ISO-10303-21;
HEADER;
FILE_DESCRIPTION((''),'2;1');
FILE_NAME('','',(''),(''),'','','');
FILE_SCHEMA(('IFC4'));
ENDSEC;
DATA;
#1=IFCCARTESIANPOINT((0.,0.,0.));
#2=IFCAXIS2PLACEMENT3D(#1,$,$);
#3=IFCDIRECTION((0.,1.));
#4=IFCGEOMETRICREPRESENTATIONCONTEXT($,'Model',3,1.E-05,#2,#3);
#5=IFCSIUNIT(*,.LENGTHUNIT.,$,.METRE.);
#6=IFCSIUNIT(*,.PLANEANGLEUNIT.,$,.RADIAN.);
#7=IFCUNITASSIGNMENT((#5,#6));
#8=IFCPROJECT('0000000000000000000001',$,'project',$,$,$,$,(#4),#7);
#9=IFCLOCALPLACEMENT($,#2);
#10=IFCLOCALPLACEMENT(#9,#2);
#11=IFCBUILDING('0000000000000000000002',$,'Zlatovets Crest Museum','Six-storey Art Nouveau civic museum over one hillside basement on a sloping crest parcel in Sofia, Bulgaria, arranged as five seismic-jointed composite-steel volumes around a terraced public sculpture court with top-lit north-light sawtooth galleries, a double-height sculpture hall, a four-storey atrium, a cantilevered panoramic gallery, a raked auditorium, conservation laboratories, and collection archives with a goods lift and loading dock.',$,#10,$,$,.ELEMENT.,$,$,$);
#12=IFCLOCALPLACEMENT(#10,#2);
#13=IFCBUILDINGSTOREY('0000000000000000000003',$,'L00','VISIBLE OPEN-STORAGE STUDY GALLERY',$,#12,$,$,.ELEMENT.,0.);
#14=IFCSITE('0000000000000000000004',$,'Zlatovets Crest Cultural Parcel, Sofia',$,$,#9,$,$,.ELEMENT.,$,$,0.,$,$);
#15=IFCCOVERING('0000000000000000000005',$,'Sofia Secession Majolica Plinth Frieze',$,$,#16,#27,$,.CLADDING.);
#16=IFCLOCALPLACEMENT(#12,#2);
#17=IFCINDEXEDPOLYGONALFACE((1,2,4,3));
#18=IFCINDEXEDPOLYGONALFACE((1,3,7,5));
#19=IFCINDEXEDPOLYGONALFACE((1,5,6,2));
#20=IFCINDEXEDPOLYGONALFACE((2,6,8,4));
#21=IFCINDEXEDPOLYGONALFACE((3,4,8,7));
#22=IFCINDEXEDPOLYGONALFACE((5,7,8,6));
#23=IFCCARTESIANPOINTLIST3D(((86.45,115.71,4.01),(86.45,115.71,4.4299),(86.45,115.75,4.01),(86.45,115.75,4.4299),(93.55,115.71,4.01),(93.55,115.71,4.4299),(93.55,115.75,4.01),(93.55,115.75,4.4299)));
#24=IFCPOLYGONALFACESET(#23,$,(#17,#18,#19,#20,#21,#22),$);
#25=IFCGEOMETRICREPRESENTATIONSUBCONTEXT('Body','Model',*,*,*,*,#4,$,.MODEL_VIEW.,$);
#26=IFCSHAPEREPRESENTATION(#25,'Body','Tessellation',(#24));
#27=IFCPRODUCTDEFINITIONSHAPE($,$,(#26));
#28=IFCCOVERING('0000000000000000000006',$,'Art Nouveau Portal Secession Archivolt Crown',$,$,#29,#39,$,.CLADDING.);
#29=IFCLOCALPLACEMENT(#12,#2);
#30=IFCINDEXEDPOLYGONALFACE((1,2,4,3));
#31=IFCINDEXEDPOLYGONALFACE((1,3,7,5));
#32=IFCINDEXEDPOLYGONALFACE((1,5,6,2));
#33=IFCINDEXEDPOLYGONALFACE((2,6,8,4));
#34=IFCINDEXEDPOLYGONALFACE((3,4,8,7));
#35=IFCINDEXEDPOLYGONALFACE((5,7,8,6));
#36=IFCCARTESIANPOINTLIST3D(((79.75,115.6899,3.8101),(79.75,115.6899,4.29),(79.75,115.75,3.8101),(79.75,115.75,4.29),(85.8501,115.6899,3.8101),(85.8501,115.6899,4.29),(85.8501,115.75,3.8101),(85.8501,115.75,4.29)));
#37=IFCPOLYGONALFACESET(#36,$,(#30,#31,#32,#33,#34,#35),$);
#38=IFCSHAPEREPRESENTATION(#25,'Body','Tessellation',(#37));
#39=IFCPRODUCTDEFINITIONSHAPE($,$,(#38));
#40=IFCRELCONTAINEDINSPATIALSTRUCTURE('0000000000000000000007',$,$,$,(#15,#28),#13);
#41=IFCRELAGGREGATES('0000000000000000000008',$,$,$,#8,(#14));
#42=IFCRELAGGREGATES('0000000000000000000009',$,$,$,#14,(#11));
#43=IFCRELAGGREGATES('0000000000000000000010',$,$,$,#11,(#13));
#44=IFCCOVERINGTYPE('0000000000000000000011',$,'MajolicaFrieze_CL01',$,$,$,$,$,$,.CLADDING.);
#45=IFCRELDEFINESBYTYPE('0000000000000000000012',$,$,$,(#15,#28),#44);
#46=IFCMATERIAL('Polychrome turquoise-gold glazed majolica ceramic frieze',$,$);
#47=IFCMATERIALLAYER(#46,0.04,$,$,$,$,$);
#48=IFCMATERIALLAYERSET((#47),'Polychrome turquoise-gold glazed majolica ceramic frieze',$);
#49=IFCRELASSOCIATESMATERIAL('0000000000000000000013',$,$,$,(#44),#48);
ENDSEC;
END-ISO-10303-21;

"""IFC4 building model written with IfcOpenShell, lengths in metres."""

from ifc_helpers import new_model, si_unit, direction, frame, origin, origin_2d, place, context, subcontext, project, spatial, rectangle, extrude, material, layer, layer_set, type_object, element, save


model = new_model("IFC4")

# Units and contexts
model_context = context("Model", 3, precision=1e-05, world=origin(), true_north=direction((0.0, 1.0)))
body_context = subcontext(model_context, "Body", "Model", "MODEL_VIEW")
ifc_project = project(units=[si_unit("LENGTHUNIT", "METRE"), si_unit("PLANEANGLEUNIT", "RADIAN")], contexts=[model_context])

# Site, building, storey
site_placement = place(None, origin())
site = spatial("IfcSite", under=ifc_project, at=site_placement, Name="Zlatovets Crest Cultural Parcel, Sofia", CompositionType="ELEMENT", RefElevation=0.0)
building_placement = place(site_placement, origin())
building = spatial("IfcBuilding", under=site, at=building_placement, Name="Zlatovets Crest Museum", Description="Six-storey Art Nouveau civic museum over one hillside basement on a sloping crest parcel in Sofia, Bulgaria, arranged as five seismic-jointed composite-steel volumes around a terraced public sculpture court with top-lit north-light sawtooth galleries, a double-height sculpture hall, a four-storey atrium, a cantilevered panoramic gallery, a raked auditorium, conservation laboratories, and collection archives with a goods lift and loading dock.", CompositionType="ELEMENT")
storey_placement = place(building_placement, origin())
storey = spatial("IfcBuildingStorey", under=building, at=storey_placement, Name="L00", Description="VISIBLE OPEN-STORAGE STUDY GALLERY", CompositionType="ELEMENT", Elevation=0.0)

# Coverings
ifc_material_1 = material(Name="Polychrome turquoise-gold glazed majolica ceramic frieze")
ifc_layer_1 = layer(ifc_material_1, 0.04)
ifc_layer_set_1 = layer_set([ifc_layer_1], Name="Polychrome turquoise-gold glazed majolica ceramic frieze")
covering_type = type_object("IfcCoveringType", Name="MajolicaFrieze_CL01", PredefinedType="CLADDING", material=ifc_layer_set_1)
covering_1_placement = place(storey_placement, frame((90.0, 115.73, 4.01), z_axis=(0.0, 0.0, 1.0), x_axis=(1.0, 0.0, 0.0)))
element("IfcCovering", 1, at=covering_1_placement, inside=storey, type_object=covering_type, Name="Sofia Secession Majolica Plinth Frieze", PredefinedType="CLADDING", context=body_context, shape_type="SweptSolid", body=[
    extrude(rectangle(XDim=7.1001, YDim=0.04, at=origin_2d()), origin(), (0.0, 0.0, 1.0), 0.4199),
])
covering_2_placement = place(storey_placement, frame((82.8, 115.72, 3.8101), z_axis=(0.0, 0.0, 1.0), x_axis=(1.0, 0.0, 0.0)))
element("IfcCovering", 2, at=covering_2_placement, inside=storey, type_object=covering_type, Name="Art Nouveau Portal Secession Archivolt Crown", PredefinedType="CLADDING", context=body_context, shape_type="SweptSolid", body=[
    extrude(rectangle(XDim=6.1001, YDim=0.0601, at=origin_2d()), origin(), (0.0, 0.0, 1.0), 0.48),
])

save(model, "model.ifc")
